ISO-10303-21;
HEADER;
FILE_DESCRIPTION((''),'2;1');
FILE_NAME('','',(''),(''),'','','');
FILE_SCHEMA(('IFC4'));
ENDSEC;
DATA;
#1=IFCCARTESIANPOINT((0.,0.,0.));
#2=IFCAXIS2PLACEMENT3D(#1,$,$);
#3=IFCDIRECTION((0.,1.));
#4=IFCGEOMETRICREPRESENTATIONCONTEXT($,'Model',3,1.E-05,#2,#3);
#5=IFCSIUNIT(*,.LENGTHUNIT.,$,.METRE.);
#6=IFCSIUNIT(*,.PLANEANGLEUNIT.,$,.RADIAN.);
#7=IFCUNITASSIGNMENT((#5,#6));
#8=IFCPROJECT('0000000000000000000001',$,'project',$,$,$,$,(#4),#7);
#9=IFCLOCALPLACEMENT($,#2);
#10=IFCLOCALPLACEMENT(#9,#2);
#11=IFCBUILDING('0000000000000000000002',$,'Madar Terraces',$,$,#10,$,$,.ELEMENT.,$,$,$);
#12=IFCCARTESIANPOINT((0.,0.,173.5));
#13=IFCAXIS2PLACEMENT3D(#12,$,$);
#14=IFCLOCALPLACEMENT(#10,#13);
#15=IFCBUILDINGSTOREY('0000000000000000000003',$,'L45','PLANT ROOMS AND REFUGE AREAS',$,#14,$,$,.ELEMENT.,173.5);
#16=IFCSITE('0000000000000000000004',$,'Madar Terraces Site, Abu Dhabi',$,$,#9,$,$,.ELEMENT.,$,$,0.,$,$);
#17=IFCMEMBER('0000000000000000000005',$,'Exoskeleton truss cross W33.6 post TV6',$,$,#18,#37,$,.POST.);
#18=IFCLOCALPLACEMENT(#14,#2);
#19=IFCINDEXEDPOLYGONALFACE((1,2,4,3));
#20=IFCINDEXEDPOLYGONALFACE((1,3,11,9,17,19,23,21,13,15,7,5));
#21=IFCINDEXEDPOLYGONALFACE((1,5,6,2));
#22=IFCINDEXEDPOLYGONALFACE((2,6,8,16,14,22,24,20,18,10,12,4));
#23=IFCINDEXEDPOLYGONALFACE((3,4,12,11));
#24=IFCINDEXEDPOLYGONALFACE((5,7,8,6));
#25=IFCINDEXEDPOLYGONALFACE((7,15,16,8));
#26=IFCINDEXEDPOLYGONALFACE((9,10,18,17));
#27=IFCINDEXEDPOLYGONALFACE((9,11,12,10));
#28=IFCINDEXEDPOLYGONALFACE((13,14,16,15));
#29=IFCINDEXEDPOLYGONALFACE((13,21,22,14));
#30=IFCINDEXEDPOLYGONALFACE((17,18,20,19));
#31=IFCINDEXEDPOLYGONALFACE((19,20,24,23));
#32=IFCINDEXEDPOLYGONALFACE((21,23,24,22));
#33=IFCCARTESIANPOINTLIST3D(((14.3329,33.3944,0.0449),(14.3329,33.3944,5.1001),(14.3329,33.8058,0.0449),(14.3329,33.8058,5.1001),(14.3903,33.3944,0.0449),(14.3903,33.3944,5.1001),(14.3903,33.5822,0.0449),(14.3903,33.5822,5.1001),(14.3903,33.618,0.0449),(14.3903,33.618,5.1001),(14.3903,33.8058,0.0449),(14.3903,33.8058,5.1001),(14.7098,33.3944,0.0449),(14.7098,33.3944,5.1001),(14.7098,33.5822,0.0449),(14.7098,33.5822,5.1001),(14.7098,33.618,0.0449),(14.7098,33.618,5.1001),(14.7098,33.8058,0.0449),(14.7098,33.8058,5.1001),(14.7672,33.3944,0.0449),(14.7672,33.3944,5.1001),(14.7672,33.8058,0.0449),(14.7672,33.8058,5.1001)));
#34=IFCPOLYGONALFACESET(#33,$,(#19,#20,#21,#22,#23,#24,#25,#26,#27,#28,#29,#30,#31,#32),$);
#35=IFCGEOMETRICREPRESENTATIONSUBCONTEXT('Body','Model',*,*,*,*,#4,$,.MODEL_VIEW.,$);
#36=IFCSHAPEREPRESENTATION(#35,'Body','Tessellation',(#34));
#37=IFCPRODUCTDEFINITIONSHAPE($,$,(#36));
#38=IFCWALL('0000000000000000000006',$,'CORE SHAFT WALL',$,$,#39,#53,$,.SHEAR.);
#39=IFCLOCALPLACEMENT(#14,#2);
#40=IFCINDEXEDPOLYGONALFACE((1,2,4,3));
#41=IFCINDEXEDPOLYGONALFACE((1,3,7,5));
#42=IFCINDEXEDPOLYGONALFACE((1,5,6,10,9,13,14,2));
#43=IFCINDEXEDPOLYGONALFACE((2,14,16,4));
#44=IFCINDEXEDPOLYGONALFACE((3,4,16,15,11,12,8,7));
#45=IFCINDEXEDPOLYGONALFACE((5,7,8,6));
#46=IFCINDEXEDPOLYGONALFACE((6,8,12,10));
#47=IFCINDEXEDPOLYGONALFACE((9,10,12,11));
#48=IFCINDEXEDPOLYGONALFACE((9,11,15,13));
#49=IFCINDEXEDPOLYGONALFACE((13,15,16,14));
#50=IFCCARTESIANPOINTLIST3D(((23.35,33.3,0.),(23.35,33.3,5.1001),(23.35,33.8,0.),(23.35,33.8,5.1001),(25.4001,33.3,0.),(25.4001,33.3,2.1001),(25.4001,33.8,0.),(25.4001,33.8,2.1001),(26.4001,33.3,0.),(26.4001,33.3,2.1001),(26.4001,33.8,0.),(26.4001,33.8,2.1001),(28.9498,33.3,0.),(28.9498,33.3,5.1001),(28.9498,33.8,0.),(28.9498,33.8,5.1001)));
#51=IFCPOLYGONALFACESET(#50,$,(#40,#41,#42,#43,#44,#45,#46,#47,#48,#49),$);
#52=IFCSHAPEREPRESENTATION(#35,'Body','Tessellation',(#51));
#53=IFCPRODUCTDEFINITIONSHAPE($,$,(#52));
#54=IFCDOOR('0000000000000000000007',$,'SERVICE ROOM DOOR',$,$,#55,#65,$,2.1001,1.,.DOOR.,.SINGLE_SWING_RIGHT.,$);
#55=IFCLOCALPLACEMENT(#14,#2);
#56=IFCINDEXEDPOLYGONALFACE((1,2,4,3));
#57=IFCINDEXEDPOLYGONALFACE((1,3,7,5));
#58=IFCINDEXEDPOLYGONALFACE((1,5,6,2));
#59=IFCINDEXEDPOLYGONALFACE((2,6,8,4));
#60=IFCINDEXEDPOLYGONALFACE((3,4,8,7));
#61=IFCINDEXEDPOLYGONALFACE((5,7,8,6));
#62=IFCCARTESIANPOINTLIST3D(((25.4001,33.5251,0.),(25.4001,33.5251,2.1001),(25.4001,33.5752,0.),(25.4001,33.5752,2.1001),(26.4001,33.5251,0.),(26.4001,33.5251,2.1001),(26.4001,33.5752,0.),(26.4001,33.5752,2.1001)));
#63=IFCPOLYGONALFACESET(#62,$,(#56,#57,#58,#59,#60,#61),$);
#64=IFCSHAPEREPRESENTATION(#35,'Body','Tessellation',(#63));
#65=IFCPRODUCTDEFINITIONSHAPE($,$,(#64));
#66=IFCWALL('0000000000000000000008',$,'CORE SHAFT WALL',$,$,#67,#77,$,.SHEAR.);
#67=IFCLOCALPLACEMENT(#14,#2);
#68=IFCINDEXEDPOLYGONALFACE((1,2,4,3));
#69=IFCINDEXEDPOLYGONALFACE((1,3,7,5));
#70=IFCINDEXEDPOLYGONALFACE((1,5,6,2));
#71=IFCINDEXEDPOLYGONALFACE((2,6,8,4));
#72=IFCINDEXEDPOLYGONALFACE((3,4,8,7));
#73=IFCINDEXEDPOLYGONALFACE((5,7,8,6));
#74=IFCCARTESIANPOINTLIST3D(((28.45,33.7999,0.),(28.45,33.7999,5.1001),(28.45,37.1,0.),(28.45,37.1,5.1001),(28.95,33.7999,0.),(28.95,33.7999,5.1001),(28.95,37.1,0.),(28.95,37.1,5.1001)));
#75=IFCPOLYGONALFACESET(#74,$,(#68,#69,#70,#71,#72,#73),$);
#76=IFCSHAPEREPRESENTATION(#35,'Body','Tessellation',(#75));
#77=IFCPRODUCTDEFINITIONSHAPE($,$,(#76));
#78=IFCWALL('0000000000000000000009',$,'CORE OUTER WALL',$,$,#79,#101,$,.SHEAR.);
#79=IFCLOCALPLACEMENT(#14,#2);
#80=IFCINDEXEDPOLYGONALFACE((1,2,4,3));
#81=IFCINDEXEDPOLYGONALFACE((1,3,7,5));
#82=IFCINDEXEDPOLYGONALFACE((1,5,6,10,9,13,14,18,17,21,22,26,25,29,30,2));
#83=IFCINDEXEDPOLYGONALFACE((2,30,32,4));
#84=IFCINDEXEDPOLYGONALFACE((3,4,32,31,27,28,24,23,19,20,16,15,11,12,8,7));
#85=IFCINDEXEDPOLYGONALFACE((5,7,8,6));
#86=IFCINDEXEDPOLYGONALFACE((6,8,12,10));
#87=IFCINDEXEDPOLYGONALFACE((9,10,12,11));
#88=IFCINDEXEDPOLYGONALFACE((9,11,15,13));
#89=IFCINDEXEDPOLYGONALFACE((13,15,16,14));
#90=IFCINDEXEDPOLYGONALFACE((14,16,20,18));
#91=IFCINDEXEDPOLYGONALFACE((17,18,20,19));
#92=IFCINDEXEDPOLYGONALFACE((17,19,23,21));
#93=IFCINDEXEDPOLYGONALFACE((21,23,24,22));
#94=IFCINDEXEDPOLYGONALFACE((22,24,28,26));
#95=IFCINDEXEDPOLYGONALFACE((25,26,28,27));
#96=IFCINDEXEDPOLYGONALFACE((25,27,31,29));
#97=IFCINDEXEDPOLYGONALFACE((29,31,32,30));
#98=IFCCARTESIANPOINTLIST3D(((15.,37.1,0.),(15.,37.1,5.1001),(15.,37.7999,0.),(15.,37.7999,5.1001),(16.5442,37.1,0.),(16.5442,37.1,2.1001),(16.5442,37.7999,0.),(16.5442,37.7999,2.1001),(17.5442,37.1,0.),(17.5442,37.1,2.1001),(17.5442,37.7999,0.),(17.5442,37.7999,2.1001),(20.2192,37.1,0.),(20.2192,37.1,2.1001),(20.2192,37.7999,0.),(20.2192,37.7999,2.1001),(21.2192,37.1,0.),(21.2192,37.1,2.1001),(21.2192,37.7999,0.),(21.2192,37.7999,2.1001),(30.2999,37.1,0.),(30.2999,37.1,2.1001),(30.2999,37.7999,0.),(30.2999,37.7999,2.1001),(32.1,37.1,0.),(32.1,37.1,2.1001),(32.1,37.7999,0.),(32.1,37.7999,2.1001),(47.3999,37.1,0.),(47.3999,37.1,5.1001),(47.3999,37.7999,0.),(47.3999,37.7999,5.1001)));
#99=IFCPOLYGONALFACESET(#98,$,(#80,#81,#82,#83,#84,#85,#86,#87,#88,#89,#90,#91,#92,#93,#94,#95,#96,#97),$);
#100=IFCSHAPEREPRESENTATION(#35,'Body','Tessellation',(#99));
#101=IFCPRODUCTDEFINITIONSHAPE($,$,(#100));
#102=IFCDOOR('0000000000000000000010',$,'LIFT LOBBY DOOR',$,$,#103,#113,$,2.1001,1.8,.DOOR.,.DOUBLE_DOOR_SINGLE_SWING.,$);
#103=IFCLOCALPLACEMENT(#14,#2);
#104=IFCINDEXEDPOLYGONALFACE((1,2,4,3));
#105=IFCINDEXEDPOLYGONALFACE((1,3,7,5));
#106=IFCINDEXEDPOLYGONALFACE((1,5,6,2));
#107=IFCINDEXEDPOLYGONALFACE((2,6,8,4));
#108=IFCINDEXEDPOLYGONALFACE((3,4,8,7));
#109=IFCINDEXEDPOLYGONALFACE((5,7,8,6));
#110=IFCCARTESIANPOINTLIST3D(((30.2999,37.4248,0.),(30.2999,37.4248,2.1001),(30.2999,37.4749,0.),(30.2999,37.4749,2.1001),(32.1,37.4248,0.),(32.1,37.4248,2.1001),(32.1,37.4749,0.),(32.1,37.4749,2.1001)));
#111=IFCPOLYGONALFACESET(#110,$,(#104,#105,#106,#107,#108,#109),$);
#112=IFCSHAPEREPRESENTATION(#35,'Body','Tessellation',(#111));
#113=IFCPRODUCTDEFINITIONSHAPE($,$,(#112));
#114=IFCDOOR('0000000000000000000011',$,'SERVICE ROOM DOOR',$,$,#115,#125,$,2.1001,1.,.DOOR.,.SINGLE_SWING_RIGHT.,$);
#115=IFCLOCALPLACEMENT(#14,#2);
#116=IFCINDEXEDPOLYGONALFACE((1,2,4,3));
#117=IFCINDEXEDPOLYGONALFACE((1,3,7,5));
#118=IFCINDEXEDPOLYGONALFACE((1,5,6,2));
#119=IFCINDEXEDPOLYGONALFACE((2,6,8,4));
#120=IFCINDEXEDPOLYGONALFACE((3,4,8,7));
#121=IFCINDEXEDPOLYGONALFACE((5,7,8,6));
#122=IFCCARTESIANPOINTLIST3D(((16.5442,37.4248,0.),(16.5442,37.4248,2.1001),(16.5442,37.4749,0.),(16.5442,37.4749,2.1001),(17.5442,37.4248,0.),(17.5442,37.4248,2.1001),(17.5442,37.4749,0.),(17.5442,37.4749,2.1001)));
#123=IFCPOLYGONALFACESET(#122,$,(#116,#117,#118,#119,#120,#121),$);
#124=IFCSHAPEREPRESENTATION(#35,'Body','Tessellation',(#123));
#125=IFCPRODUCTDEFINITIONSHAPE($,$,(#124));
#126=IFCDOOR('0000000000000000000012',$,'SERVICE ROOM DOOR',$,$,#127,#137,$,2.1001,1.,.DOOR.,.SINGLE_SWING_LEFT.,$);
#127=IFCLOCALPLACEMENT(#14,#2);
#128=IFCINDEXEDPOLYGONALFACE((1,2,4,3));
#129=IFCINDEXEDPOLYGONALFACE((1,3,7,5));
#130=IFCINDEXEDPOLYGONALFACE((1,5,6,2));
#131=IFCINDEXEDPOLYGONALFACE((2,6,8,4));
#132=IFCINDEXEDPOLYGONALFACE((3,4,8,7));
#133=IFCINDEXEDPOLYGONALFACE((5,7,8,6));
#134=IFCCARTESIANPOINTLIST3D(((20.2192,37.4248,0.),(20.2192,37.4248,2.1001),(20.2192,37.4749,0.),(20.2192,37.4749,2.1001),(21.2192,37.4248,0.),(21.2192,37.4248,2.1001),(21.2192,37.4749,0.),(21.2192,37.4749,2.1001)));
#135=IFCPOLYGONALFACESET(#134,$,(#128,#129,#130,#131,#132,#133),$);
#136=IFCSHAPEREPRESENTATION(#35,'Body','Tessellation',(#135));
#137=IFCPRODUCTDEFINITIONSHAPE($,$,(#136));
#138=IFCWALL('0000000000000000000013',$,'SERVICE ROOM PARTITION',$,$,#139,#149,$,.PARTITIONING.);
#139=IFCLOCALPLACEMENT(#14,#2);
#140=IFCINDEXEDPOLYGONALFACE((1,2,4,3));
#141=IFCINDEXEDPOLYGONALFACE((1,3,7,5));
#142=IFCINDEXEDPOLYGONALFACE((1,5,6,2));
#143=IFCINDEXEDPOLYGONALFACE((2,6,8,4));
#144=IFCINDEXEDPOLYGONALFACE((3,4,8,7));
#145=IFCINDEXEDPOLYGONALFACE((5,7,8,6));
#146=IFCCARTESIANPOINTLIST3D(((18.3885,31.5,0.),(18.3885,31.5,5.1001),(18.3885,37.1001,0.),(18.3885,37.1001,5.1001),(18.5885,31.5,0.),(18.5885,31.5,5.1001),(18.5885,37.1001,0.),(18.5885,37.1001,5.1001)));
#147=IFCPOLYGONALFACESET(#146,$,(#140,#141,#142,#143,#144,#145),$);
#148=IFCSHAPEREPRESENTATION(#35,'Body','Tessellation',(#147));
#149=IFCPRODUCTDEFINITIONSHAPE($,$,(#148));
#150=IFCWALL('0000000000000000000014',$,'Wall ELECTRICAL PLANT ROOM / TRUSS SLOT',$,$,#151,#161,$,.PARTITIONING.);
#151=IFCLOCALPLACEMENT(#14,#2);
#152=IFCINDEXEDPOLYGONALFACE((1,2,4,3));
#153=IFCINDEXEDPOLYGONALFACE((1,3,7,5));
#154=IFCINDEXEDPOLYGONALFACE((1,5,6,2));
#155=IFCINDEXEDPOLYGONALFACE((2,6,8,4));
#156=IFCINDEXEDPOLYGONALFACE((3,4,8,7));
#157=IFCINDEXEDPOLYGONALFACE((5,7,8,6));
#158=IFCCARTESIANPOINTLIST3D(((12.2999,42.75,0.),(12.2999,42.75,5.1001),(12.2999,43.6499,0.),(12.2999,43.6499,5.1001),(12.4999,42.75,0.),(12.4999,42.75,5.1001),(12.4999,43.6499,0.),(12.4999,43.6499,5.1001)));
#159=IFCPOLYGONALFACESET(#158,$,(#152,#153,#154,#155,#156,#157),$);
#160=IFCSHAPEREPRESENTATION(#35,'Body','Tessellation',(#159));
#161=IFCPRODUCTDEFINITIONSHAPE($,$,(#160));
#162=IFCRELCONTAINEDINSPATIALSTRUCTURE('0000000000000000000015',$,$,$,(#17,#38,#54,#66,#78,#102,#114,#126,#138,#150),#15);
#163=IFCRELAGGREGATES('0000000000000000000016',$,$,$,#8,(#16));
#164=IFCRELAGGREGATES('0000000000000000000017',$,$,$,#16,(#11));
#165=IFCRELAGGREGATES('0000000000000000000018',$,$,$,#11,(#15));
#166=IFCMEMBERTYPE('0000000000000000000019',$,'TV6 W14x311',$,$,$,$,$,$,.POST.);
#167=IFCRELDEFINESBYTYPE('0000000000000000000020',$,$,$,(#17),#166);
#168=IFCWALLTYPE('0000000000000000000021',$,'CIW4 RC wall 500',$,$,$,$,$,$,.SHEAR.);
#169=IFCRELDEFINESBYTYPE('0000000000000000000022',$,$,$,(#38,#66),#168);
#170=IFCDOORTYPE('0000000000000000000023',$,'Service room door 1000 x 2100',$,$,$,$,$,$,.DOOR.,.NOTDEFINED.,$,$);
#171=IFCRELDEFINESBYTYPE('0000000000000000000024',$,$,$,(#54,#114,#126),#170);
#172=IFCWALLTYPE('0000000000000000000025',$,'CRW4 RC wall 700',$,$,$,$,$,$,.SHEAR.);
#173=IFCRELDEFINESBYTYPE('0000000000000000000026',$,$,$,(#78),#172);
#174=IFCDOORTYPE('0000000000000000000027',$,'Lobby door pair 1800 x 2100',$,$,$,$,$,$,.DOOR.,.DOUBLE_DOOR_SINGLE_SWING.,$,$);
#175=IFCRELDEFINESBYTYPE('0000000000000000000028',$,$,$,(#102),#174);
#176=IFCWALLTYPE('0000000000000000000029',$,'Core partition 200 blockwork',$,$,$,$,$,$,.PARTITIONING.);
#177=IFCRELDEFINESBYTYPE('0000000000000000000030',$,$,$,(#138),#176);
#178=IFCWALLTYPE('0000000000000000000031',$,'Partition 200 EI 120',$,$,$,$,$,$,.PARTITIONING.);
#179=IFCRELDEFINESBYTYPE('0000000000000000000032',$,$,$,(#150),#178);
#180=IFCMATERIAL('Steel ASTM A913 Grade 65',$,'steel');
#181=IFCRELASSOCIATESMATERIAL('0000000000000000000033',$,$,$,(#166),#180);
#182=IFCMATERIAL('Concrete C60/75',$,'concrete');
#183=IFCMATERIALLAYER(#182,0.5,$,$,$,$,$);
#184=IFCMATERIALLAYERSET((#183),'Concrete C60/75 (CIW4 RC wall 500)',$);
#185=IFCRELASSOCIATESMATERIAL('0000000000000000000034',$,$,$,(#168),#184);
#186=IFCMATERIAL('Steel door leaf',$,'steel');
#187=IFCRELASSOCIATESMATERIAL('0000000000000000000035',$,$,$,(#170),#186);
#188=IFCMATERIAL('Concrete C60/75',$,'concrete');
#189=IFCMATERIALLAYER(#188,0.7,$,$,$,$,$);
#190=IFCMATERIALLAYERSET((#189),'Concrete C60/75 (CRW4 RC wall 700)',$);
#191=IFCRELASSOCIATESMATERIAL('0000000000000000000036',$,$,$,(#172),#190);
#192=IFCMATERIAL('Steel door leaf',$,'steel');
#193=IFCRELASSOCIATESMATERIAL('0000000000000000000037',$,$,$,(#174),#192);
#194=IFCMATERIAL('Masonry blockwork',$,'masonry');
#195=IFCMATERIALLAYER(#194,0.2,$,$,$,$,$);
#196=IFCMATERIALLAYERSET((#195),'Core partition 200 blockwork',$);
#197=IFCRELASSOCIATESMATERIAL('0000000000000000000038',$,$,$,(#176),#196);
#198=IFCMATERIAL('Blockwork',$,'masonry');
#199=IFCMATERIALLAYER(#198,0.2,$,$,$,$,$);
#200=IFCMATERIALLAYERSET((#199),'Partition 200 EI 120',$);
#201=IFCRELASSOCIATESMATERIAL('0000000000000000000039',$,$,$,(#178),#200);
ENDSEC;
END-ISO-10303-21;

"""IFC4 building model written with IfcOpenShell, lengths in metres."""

from ifc_helpers import new_model, si_unit, direction, frame, frame_2d, origin, origin_2d, place, context, subcontext, project, spatial, rectangle, i_section, extrude, material, layer, layer_set, material_profile, profile_set, type_object, element, fill, save


model = new_model("IFC4")

# Units and contexts
model_context = context("Model", 3, precision=1e-05, world=origin(), true_north=direction((0.0, 1.0)))
body_context = subcontext(model_context, "Body", "Model", "MODEL_VIEW")
ifc_project = project(units=[si_unit("LENGTHUNIT", "METRE"), si_unit("PLANEANGLEUNIT", "RADIAN")], contexts=[model_context])

# Site, building, storey
site_placement = place(None, origin())
site = spatial("IfcSite", under=ifc_project, at=site_placement, Name="Madar Terraces Site, Abu Dhabi", CompositionType="ELEMENT", RefElevation=0.0)
building_placement = place(site_placement, origin())
building = spatial("IfcBuilding", under=site, at=building_placement, Name="Madar Terraces", CompositionType="ELEMENT")
storey_placement = place(building_placement, frame((0.0, 0.0, 173.5)))
storey = spatial("IfcBuildingStorey", under=building, at=storey_placement, Name="L45", Description="PLANT ROOMS AND REFUGE AREAS", CompositionType="ELEMENT", Elevation=173.5)

# Member
ifc_material_1 = material(Name="Steel ASTM A913 Grade 65", Category="steel")
ifc_material_profile = material_profile(ifc_material_1, i_section(OverallWidth=0.4114, OverallDepth=0.4343, WebThickness=0.0359, FlangeThickness=0.0574, at=origin_2d()), Name="W14x311")
ifc_profile_set = profile_set([ifc_material_profile], Name="Steel ASTM A913 Grade 65")
member_type = type_object("IfcMemberType", Name="TV6 W14x311", PredefinedType="POST", material=ifc_profile_set)
member_placement = place(storey_placement, frame((14.55, 33.6001, 0.0449), z_axis=(0.0, 0.0, 1.0), x_axis=(0.0, 1.0, 0.0)))
element("IfcMember", 1, at=member_placement, inside=storey, type_object=member_type, Name="Exoskeleton truss cross W33.6 post TV6", PredefinedType="POST", context=body_context, shape_type="SweptSolid", body=[
    extrude(i_section(OverallWidth=0.4114, OverallDepth=0.4343, WebThickness=0.0359, FlangeThickness=0.0574, at=origin_2d()), origin(), (0.0, 0.0, 1.0), 5.0552),
])

# Wall, opening, door
ifc_material_2 = material(Name="Concrete C60/75", Category="concrete")
ifc_layer_1 = layer(ifc_material_2, 0.5)
ifc_layer_set_1 = layer_set([ifc_layer_1], Name="Concrete C60/75 (CIW4 RC wall 500)")
wall_type_1 = type_object("IfcWallType", Name="CIW4 RC wall 500", PredefinedType="SHEAR", material=ifc_layer_set_1)
wall_1_placement = place(storey_placement, frame((23.3501, 33.55, 0.0), z_axis=(0.0, 0.0, 1.0), x_axis=(1.0, 0.0, 0.0)))
wall_1 = element("IfcWall", 2, at=wall_1_placement, inside=storey, type_object=wall_type_1, Name="CORE SHAFT WALL", PredefinedType="SHEAR", context=body_context, shape_type="SweptSolid", body=[
    extrude(rectangle(XDim=5.5999, YDim=0.5, at=frame_2d((2.7998, 0.0))), origin(), (0.0, 0.0, 1.0), 5.1001),
])
opening_1_placement = place(wall_1_placement, frame((2.05, 0.0, 0.0)))
opening_1 = element("IfcOpeningElement", 3, at=opening_1_placement, cuts=wall_1, PredefinedType="OPENING", context=body_context, shape_type="SweptSolid", body=[
    extrude(rectangle(XDim=1.0, YDim=2.1001, at=frame_2d((0.5, 1.05))), frame((0.0, 0.26, 0.0), z_axis=(0.0, -1.0, 0.0), x_axis=(1.0, 0.0, 0.0)), (0.0, 0.0, 1.0), 0.52),
])
ifc_material_3 = material(Name="Steel door leaf", Category="steel")
door_type_1 = type_object("IfcDoorType", Name="Service room door 1000 x 2100", OperationType="NOTDEFINED", PredefinedType="DOOR", material=ifc_material_3)
door_1_placement = place(opening_1_placement, frame((1.0, 0.0, 0.0), z_axis=(0.0, 0.0, 1.0), x_axis=(-1.0, 0.0, 0.0)))
door_1 = element("IfcDoor", 4, at=door_1_placement, inside=storey, type_object=door_type_1, Name="SERVICE ROOM DOOR", OperationType="SINGLE_SWING_RIGHT", OverallHeight=2.1001, OverallWidth=1.0, PredefinedType="DOOR", context=body_context, shape_type="SweptSolid", body=[
    extrude(rectangle(XDim=1.0, YDim=2.1001, at=frame_2d((0.5, 1.05))), frame((0.0, 0.0249, 0.0), z_axis=(0.0, -1.0, 0.0), x_axis=(1.0, 0.0, 0.0)), (0.0, 0.0, 1.0), 0.05),
])
fill(opening_1, door_1)

# Wall
wall_2_placement = place(storey_placement, frame((28.7, 33.8, 0.0), z_axis=(0.0, 0.0, 1.0), x_axis=(0.0, 1.0, 0.0)))
element("IfcWall", 5, at=wall_2_placement, inside=storey, type_object=wall_type_1, Name="CORE SHAFT WALL", PredefinedType="SHEAR", context=body_context, shape_type="SweptSolid", body=[
    extrude(rectangle(XDim=3.3, YDim=0.5, at=frame_2d((1.6499, 0.0))), origin(), (0.0, 0.0, 1.0), 5.1001),
])

# Wall, openings, doors
ifc_material_4 = material(Name="Concrete C60/75", Category="concrete")
ifc_layer_2 = layer(ifc_material_4, 0.7)
ifc_layer_set_2 = layer_set([ifc_layer_2], Name="Concrete C60/75 (CRW4 RC wall 700)")
wall_type_2 = type_object("IfcWallType", Name="CRW4 RC wall 700", PredefinedType="SHEAR", material=ifc_layer_set_2)
wall_3_placement = place(storey_placement, frame((15.0, 37.45, 0.0), z_axis=(0.0, 0.0, 1.0), x_axis=(1.0, 0.0, 0.0)))
wall_3 = element("IfcWall", 6, at=wall_3_placement, inside=storey, type_object=wall_type_2, Name="CORE OUTER WALL", PredefinedType="SHEAR", context=body_context, shape_type="SweptSolid", body=[
    extrude(rectangle(XDim=32.3999, YDim=0.7, at=frame_2d((16.2, 0.0))), origin(), (0.0, 0.0, 1.0), 5.1001),
])
opening_2_placement = place(wall_3_placement, frame((15.3, 0.0, 0.0)))
opening_2 = element("IfcOpeningElement", 7, at=opening_2_placement, cuts=wall_3, PredefinedType="OPENING", context=body_context, shape_type="SweptSolid", body=[
    extrude(rectangle(XDim=1.8, YDim=2.1001, at=frame_2d((0.8999, 1.05))), frame((0.0, 0.3599, 0.0), z_axis=(0.0, -1.0, 0.0), x_axis=(1.0, 0.0, 0.0)), (0.0, 0.0, 1.0), 0.72),
])
opening_3_placement = place(wall_3_placement, frame((1.5442, 0.0, 0.0)))
opening_3 = element("IfcOpeningElement", 8, at=opening_3_placement, cuts=wall_3, PredefinedType="OPENING", context=body_context, shape_type="SweptSolid", body=[
    extrude(rectangle(XDim=1.0, YDim=2.1001, at=frame_2d((0.5, 1.05))), frame((0.0, 0.3599, 0.0), z_axis=(0.0, -1.0, 0.0), x_axis=(1.0, 0.0, 0.0)), (0.0, 0.0, 1.0), 0.72),
])
opening_4_placement = place(wall_3_placement, frame((5.2192, 0.0, 0.0)))
opening_4 = element("IfcOpeningElement", 9, at=opening_4_placement, cuts=wall_3, PredefinedType="OPENING", context=body_context, shape_type="SweptSolid", body=[
    extrude(rectangle(XDim=1.0, YDim=2.1001, at=frame_2d((0.5, 1.05))), frame((0.0, 0.3599, 0.0), z_axis=(0.0, -1.0, 0.0), x_axis=(1.0, 0.0, 0.0)), (0.0, 0.0, 1.0), 0.72),
])
ifc_material_5 = material(Name="Steel door leaf", Category="steel")
door_type_2 = type_object("IfcDoorType", Name="Lobby door pair 1800 x 2100", OperationType="DOUBLE_DOOR_SINGLE_SWING", PredefinedType="DOOR", material=ifc_material_5)
door_2_placement = place(opening_2_placement, origin())
door_2 = element("IfcDoor", 10, at=door_2_placement, inside=storey, type_object=door_type_2, Name="LIFT LOBBY DOOR", OperationType="DOUBLE_DOOR_SINGLE_SWING", OverallHeight=2.1001, OverallWidth=1.8, PredefinedType="DOOR", context=body_context, shape_type="SweptSolid", body=[
    extrude(rectangle(XDim=1.8, YDim=2.1001, at=frame_2d((0.8999, 1.05))), frame((0.0, 0.0249, 0.0), z_axis=(0.0, -1.0, 0.0), x_axis=(1.0, 0.0, 0.0)), (0.0, 0.0, 1.0), 0.05),
])
fill(opening_2, door_2)
door_3_placement = place(opening_3_placement, origin())
door_3 = element("IfcDoor", 11, at=door_3_placement, inside=storey, type_object=door_type_1, Name="SERVICE ROOM DOOR", OperationType="SINGLE_SWING_RIGHT", OverallHeight=2.1001, OverallWidth=1.0, PredefinedType="DOOR", context=body_context, shape_type="SweptSolid", body=[
    extrude(rectangle(XDim=1.0, YDim=2.1001, at=frame_2d((0.5, 1.05))), frame((0.0, 0.0249, 0.0), z_axis=(0.0, -1.0, 0.0), x_axis=(1.0, 0.0, 0.0)), (0.0, 0.0, 1.0), 0.05),
])
fill(opening_3, door_3)
door_4_placement = place(opening_4_placement, origin())
door_4 = element("IfcDoor", 12, at=door_4_placement, inside=storey, type_object=door_type_1, Name="SERVICE ROOM DOOR", OperationType="SINGLE_SWING_LEFT", OverallHeight=2.1001, OverallWidth=1.0, PredefinedType="DOOR", context=body_context, shape_type="SweptSolid", body=[
    extrude(rectangle(XDim=1.0, YDim=2.1001, at=frame_2d((0.5, 1.05))), frame((0.0, 0.0249, 0.0), z_axis=(0.0, -1.0, 0.0), x_axis=(1.0, 0.0, 0.0)), (0.0, 0.0, 1.0), 0.05),
])
fill(opening_4, door_4)

# Walls
ifc_material_6 = material(Name="Masonry blockwork", Category="masonry")
ifc_layer_3 = layer(ifc_material_6, 0.2)
ifc_layer_set_3 = layer_set([ifc_layer_3], Name="Core partition 200 blockwork")
wall_type_3 = type_object("IfcWallType", Name="Core partition 200 blockwork", PredefinedType="PARTITIONING", material=ifc_layer_set_3)
wall_4_placement = place(storey_placement, frame((18.4885, 31.5, 0.0), z_axis=(0.0, 0.0, 1.0), x_axis=(0.0, 1.0, 0.0)))
element("IfcWall", 13, at=wall_4_placement, inside=storey, type_object=wall_type_3, Name="SERVICE ROOM PARTITION", PredefinedType="PARTITIONING", context=body_context, shape_type="SweptSolid", body=[
    extrude(rectangle(XDim=5.6001, YDim=0.2, at=frame_2d((2.8, 0.0))), origin(), (0.0, 0.0, 1.0), 5.1001),
])
ifc_material_7 = material(Name="Blockwork", Category="masonry")
ifc_layer_4 = layer(ifc_material_7, 0.2)
ifc_layer_set_4 = layer_set([ifc_layer_4], Name="Partition 200 EI 120")
wall_type_4 = type_object("IfcWallType", Name="Partition 200 EI 120", PredefinedType="PARTITIONING", material=ifc_layer_set_4)
wall_5_placement = place(storey_placement, frame((12.3999, 42.75, 0.0), z_axis=(0.0, 0.0, 1.0), x_axis=(0.0, 1.0, 0.0)))
element("IfcWall", 14, at=wall_5_placement, inside=storey, type_object=wall_type_4, Name="Wall ELECTRICAL PLANT ROOM / TRUSS SLOT", PredefinedType="PARTITIONING", context=body_context, shape_type="SweptSolid", body=[
    extrude(rectangle(XDim=0.8999, YDim=0.2, at=frame_2d((0.45, 0.0))), origin(), (0.0, 0.0, 1.0), 5.1001),
])

save(model, "model.ifc")
